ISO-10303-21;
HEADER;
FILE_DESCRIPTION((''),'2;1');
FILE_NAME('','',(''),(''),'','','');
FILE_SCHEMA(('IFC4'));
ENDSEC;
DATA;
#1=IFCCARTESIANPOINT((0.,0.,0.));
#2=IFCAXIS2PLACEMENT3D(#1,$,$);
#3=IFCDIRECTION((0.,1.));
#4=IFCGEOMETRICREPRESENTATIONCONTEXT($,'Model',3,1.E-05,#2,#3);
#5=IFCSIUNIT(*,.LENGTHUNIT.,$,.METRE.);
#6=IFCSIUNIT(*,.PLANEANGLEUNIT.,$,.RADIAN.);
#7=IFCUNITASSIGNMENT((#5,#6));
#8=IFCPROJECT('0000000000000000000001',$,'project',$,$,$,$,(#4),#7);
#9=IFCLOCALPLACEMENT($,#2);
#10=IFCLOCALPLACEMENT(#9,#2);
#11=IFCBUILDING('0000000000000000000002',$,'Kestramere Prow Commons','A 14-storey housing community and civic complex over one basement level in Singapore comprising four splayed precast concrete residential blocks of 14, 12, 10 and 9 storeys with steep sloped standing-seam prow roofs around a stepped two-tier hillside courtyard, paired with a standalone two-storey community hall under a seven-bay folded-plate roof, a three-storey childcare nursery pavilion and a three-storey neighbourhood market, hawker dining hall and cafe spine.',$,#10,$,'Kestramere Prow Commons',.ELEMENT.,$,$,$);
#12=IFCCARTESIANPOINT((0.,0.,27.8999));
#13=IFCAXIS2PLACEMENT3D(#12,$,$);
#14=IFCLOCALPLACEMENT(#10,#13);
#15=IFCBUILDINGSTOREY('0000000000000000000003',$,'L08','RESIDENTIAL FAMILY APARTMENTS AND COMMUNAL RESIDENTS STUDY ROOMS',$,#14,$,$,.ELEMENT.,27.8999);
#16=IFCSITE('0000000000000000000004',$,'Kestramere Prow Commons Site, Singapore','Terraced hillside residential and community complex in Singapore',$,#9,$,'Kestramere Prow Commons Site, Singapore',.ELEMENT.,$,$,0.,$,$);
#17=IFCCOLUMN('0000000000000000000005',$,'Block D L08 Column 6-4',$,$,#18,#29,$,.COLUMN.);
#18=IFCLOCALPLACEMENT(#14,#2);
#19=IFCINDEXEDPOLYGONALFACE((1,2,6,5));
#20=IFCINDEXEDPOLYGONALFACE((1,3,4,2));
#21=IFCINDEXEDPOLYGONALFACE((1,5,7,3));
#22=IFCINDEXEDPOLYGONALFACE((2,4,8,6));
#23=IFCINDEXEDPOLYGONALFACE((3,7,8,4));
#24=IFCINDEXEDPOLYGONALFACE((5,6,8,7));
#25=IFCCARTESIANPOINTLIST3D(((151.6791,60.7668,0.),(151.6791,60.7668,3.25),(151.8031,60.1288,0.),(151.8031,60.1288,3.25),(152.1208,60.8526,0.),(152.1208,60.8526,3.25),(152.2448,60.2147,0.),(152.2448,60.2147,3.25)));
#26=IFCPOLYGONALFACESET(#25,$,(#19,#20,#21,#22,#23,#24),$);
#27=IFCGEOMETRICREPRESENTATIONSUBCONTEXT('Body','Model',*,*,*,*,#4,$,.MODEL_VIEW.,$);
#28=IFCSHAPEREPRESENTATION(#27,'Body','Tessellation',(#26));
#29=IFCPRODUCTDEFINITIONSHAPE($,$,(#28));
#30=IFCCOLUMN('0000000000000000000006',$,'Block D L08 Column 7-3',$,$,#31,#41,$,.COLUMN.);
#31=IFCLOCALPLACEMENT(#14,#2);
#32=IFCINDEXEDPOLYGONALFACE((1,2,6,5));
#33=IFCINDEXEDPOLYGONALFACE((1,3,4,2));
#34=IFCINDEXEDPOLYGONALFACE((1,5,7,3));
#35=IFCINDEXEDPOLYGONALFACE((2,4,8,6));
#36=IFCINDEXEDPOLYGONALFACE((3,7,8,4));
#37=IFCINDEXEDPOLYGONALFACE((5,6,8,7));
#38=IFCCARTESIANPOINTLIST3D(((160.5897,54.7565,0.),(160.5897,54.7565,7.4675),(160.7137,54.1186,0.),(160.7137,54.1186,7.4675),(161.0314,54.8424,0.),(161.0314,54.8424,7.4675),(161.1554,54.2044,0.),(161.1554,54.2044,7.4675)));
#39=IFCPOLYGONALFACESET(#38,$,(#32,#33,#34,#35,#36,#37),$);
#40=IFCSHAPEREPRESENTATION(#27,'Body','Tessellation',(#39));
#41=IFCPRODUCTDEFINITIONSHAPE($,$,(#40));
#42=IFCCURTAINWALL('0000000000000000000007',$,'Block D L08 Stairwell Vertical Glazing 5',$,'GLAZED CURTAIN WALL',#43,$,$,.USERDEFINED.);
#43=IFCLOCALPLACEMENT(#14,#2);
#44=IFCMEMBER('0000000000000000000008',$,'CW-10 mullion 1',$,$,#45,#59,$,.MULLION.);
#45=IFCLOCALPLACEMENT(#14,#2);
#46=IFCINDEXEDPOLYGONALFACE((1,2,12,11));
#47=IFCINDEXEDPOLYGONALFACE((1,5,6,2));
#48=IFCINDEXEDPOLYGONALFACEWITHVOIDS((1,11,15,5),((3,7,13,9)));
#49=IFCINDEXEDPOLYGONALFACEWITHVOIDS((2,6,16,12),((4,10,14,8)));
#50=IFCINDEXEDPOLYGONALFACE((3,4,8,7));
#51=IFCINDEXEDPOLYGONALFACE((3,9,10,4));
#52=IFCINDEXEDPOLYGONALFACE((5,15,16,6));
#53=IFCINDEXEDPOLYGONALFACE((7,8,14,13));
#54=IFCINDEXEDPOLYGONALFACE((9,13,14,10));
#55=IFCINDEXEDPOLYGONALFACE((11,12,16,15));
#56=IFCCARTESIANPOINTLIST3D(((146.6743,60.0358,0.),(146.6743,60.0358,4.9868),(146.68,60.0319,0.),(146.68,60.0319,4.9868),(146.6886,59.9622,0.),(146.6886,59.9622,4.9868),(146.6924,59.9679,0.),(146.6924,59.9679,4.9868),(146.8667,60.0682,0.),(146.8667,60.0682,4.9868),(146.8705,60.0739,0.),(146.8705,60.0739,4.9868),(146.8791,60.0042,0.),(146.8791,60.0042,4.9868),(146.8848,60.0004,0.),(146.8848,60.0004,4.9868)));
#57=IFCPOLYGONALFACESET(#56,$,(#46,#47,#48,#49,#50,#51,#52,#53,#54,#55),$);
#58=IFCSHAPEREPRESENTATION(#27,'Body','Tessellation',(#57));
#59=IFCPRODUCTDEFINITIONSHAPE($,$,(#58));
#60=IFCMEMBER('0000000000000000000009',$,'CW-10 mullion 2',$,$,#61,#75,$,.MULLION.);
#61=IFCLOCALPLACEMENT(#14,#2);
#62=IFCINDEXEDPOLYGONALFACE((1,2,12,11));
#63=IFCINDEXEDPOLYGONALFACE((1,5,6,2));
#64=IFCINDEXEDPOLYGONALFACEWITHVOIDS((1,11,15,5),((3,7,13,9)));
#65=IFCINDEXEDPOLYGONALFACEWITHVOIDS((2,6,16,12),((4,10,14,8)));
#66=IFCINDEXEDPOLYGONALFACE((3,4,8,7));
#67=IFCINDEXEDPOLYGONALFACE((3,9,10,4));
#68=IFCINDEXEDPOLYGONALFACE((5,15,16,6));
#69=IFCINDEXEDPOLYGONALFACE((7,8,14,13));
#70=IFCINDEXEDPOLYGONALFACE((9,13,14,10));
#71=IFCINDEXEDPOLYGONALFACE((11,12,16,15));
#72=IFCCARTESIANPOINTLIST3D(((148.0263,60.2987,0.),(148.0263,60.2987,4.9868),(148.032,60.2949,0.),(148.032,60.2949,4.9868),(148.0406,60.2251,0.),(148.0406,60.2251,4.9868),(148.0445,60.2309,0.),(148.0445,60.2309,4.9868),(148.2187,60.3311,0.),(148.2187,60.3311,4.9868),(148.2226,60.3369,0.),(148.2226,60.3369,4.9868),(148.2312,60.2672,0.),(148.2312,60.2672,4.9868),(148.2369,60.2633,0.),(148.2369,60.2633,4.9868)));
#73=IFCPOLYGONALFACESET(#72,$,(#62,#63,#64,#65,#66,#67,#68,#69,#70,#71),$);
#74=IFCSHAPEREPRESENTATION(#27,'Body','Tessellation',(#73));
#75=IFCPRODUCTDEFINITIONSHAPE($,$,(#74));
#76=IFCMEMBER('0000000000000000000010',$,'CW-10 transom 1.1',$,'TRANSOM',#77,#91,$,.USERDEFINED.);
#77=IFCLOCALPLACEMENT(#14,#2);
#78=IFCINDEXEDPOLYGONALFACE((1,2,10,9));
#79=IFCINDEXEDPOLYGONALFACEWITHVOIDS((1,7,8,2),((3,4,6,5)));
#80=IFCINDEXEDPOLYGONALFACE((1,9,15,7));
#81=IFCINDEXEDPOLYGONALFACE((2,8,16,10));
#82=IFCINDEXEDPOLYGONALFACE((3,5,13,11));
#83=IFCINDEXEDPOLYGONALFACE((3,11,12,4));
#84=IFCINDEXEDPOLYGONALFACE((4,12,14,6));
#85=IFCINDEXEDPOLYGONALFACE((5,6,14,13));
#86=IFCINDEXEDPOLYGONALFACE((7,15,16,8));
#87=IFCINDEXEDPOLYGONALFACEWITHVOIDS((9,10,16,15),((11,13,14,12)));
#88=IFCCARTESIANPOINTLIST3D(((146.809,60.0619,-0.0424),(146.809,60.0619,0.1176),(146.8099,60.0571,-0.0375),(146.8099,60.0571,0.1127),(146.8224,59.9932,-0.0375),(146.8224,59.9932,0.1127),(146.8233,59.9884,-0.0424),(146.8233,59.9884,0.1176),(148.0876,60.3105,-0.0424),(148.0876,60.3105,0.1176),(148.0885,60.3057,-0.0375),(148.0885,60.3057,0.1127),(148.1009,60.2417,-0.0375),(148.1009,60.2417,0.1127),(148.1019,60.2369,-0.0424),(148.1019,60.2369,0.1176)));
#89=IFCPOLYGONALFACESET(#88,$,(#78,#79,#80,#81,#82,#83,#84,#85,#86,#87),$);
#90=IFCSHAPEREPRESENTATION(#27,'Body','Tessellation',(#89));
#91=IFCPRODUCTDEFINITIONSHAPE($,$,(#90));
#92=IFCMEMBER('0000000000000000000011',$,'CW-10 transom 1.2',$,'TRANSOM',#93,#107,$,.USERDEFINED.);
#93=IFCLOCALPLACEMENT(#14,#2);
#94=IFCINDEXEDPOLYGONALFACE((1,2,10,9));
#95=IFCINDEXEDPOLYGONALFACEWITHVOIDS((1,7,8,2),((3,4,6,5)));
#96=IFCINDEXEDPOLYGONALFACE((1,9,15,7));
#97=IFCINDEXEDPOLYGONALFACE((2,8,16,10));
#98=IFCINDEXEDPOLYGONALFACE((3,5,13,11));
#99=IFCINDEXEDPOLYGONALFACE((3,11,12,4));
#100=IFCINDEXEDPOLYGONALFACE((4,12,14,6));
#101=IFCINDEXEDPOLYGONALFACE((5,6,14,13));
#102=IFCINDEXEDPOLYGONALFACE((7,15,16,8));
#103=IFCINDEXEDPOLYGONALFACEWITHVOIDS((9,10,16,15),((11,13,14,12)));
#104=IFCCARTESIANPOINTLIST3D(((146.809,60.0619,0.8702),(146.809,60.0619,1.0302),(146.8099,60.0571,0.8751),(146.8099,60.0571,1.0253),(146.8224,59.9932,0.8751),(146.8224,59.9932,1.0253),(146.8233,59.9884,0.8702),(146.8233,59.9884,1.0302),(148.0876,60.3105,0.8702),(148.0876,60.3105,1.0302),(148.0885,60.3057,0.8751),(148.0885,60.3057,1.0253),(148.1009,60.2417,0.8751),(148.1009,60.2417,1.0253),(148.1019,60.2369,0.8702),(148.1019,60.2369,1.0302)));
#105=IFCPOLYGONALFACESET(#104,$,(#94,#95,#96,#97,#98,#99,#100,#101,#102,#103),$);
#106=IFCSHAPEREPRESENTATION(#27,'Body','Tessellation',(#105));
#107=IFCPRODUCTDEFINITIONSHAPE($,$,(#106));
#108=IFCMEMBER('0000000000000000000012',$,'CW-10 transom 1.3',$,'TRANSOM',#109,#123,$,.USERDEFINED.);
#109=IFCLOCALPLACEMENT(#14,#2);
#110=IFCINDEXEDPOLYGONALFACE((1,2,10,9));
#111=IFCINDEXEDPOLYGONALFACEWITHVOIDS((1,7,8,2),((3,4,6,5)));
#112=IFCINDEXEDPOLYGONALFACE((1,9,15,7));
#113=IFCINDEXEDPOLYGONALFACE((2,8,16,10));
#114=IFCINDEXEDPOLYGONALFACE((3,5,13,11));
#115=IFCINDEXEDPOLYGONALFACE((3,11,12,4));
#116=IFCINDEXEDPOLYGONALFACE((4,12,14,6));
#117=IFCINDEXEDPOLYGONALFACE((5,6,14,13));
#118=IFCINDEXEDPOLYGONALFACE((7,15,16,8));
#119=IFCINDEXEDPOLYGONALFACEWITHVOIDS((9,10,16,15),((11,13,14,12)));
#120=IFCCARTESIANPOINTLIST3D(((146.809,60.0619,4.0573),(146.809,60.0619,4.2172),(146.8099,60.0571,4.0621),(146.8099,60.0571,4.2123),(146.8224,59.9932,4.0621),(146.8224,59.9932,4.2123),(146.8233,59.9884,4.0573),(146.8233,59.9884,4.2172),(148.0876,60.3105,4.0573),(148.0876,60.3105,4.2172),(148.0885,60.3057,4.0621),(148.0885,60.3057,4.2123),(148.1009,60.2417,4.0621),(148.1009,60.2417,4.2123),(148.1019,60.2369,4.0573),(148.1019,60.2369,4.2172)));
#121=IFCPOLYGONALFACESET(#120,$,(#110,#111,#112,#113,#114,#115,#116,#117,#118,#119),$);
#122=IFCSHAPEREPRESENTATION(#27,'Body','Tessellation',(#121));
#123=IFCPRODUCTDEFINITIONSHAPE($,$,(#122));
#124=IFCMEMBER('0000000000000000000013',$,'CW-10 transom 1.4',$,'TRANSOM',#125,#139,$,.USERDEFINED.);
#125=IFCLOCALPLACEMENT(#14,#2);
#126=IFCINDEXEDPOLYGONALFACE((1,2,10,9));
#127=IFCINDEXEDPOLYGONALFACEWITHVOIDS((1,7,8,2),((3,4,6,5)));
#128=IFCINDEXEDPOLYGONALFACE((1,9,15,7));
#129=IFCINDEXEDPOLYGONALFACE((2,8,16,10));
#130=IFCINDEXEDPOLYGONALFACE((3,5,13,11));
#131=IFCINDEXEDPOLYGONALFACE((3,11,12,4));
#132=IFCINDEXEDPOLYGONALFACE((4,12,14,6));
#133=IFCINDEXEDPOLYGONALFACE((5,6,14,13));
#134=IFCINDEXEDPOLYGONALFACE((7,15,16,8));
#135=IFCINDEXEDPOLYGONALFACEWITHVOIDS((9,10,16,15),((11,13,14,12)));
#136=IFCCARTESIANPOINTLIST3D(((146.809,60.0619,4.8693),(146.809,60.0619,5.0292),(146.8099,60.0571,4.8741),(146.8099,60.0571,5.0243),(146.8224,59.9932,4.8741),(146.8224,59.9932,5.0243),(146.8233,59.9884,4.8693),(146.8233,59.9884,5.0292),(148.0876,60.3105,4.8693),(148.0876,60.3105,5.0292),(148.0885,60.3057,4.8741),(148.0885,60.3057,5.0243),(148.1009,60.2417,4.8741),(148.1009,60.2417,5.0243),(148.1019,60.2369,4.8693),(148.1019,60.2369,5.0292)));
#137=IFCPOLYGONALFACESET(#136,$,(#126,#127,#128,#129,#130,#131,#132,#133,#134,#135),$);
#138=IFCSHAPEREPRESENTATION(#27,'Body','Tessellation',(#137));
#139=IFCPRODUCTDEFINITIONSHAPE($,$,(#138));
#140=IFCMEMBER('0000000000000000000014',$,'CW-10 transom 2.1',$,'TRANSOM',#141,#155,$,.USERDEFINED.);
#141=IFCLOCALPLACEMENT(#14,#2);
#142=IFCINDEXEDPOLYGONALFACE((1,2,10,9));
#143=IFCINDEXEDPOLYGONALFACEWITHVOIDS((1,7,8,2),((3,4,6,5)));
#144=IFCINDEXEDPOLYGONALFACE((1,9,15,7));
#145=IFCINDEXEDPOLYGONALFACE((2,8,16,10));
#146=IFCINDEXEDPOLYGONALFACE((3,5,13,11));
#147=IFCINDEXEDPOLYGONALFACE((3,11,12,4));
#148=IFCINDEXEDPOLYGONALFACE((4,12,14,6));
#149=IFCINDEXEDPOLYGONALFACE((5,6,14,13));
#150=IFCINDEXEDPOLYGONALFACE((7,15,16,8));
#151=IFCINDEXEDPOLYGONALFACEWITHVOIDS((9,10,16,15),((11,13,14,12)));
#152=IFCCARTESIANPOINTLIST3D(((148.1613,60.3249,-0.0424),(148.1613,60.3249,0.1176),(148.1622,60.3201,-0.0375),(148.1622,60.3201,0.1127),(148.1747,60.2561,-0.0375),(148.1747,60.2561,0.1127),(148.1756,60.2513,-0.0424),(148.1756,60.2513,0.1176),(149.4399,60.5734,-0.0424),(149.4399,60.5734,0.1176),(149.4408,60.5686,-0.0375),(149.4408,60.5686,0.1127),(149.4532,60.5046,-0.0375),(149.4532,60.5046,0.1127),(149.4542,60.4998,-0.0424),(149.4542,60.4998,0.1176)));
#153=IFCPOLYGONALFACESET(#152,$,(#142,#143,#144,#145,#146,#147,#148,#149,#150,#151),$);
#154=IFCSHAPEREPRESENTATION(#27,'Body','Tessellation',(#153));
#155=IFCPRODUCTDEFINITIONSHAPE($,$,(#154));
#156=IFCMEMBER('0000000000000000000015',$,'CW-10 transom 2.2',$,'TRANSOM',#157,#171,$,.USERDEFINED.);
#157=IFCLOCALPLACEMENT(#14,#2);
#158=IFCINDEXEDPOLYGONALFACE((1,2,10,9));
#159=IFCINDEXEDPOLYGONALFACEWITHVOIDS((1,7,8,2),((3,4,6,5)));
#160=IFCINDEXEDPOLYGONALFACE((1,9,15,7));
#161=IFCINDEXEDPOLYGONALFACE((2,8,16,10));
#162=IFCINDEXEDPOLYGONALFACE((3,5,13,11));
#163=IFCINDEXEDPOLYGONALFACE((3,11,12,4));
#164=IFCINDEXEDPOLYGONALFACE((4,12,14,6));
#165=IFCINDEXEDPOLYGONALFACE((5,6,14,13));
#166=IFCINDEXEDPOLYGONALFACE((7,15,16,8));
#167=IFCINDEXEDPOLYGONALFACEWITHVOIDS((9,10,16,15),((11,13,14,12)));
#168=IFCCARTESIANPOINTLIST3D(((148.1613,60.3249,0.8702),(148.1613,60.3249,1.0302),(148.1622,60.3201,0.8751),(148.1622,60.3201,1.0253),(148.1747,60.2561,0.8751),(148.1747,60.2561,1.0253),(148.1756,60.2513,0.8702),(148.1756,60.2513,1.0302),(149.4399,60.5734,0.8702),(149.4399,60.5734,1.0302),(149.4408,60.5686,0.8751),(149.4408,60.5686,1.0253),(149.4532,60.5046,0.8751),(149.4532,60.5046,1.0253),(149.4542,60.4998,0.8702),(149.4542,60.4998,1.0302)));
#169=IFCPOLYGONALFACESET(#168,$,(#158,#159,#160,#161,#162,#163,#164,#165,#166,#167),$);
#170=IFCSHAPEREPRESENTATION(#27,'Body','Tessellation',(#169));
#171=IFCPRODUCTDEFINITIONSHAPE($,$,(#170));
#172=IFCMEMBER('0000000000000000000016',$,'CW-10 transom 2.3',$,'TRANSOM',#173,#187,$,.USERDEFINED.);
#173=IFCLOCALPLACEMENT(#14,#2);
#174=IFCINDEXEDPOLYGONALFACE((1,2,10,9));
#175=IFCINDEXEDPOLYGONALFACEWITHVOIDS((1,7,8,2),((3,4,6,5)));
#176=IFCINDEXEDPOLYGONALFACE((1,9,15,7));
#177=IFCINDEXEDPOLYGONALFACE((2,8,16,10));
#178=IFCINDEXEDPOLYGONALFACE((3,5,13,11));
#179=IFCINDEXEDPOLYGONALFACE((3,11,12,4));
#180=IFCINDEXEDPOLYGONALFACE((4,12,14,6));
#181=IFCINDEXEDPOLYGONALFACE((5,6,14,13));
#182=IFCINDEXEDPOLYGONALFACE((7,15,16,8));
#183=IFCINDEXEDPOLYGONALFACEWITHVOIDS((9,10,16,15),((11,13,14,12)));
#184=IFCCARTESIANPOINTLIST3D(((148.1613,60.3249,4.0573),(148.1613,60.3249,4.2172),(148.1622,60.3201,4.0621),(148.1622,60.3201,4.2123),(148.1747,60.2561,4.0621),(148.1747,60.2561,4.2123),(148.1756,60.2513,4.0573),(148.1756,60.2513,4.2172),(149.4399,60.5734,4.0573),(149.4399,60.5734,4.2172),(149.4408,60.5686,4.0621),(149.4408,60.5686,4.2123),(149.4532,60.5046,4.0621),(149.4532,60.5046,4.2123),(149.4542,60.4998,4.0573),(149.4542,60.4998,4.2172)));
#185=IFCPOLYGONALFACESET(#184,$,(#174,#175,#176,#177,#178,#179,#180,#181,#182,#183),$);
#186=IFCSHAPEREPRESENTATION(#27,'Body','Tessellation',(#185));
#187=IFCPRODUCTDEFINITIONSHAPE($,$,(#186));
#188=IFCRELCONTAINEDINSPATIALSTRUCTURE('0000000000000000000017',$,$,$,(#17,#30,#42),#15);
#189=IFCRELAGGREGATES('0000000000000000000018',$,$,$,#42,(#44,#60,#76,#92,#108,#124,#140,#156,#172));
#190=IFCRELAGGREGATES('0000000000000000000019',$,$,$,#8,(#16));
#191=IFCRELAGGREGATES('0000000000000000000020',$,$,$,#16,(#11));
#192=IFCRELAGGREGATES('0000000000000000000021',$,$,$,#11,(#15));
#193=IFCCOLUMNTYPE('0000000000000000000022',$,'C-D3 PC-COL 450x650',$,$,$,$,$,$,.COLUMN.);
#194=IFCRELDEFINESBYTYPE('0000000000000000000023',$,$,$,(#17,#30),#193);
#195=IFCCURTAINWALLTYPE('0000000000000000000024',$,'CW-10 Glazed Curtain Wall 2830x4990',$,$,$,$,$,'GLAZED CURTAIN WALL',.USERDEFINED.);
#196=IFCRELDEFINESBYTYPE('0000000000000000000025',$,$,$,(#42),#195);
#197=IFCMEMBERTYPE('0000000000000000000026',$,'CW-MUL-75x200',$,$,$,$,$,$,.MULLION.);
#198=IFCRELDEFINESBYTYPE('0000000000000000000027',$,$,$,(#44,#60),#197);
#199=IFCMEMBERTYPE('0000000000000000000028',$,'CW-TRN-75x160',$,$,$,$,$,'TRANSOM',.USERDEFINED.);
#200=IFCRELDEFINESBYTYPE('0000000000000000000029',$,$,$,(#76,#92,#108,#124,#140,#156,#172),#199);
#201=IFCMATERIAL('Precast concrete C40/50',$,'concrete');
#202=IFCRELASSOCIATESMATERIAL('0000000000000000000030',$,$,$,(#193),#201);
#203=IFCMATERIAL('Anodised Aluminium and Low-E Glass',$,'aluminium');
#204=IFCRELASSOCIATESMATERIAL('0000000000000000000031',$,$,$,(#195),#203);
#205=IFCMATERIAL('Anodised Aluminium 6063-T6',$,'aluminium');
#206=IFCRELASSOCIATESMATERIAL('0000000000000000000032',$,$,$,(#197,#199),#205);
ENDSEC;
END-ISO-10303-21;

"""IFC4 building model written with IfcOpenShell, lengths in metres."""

from ifc_helpers import new_model, si_unit, direction, frame, origin, origin_2d, place, context, subcontext, project, spatial, rectangle, hollow_rectangle, extrude, material, material_profile, profile_set, type_object, element, aggregate, save


model = new_model("IFC4")

# Units and contexts
model_context = context("Model", 3, precision=1e-05, world=origin(), true_north=direction((0.0, 1.0)))
body_context = subcontext(model_context, "Body", "Model", "MODEL_VIEW")
ifc_project = project(units=[si_unit("LENGTHUNIT", "METRE"), si_unit("PLANEANGLEUNIT", "RADIAN")], contexts=[model_context])

# Site, building, storey
site_placement = place(None, origin())
site = spatial("IfcSite", under=ifc_project, at=site_placement, Name="Kestramere Prow Commons Site, Singapore", Description="Terraced hillside residential and community complex in Singapore", LongName="Kestramere Prow Commons Site, Singapore", CompositionType="ELEMENT", RefElevation=0.0)
building_placement = place(site_placement, origin())
building = spatial("IfcBuilding", under=site, at=building_placement, Name="Kestramere Prow Commons", Description="A 14-storey housing community and civic complex over one basement level in Singapore comprising four splayed precast concrete residential blocks of 14, 12, 10 and 9 storeys with steep sloped standing-seam prow roofs around a stepped two-tier hillside courtyard, paired with a standalone two-storey community hall under a seven-bay folded-plate roof, a three-storey childcare nursery pavilion and a three-storey neighbourhood market, hawker dining hall and cafe spine.", LongName="Kestramere Prow Commons", CompositionType="ELEMENT")
storey_placement = place(building_placement, frame((0.0, 0.0, 27.8999)))
storey = spatial("IfcBuildingStorey", under=building, at=storey_placement, Name="L08", Description="RESIDENTIAL FAMILY APARTMENTS AND COMMUNAL RESIDENTS STUDY ROOMS", CompositionType="ELEMENT", Elevation=27.8999)

# Columns
ifc_material_1 = material(Name="Precast concrete C40/50", Category="concrete")
ifc_material_profile_1 = material_profile(ifc_material_1, rectangle(XDim=0.45, YDim=0.6499, at=origin_2d()), Name="PC-COL 450x650")
ifc_profile_set_1 = profile_set([ifc_material_profile_1], Name="Precast concrete C40/50")
column_type = type_object("IfcColumnType", Name="C-D3 PC-COL 450x650", PredefinedType="COLUMN", material=ifc_profile_set_1)
column_1_placement = place(storey_placement, frame((151.9619, 60.4907, 0.0), z_axis=(0.0, 0.0, 1.0), x_axis=(0.981627, 0.190809, 0.0)))
element("IfcColumn", 1, at=column_1_placement, inside=storey, type_object=column_type, Name="Block D L08 Column 6-4", PredefinedType="COLUMN", context=body_context, shape_type="SweptSolid", body=[
    extrude(rectangle(XDim=0.45, YDim=0.6499, at=origin_2d()), origin(), (0.0, 0.0, 1.0), 3.25),
])
column_2_placement = place(storey_placement, frame((160.8726, 54.4805, 0.0), z_axis=(0.0, 0.0, 1.0), x_axis=(0.981627, 0.190809, 0.0)))
element("IfcColumn", 2, at=column_2_placement, inside=storey, type_object=column_type, Name="Block D L08 Column 7-3", PredefinedType="COLUMN", context=body_context, shape_type="SweptSolid", body=[
    extrude(rectangle(XDim=0.45, YDim=0.6499, at=origin_2d()), origin(), (0.0, 0.0, 1.0), 7.4675),
])

# Curtain wall, members
ifc_material_2 = material(Name="Anodised Aluminium and Low-E Glass", Category="aluminium")
curtain_wall_type = type_object("IfcCurtainWallType", Name="CW-10 Glazed Curtain Wall 2830x4990", ElementType="GLAZED CURTAIN WALL", PredefinedType="USERDEFINED", material=ifc_material_2)
curtain_wall_placement = place(storey_placement, origin())
curtain_wall = element("IfcCurtainWall", 3, at=curtain_wall_placement, inside=storey, type_object=curtain_wall_type, Name="Block D L08 Stairwell Vertical Glazing 5", ObjectType="GLAZED CURTAIN WALL", PredefinedType="USERDEFINED")
ifc_material_3 = material(Name="Anodised Aluminium 6063-T6", Category="aluminium")
ifc_material_profile_2 = material_profile(ifc_material_3, hollow_rectangle(XDim=0.075, YDim=0.2, WallThickness=0.0049, at=origin_2d()), Name="ALU-MUL 75x200")
ifc_profile_set_2 = profile_set([ifc_material_profile_2], Name="Anodised Aluminium 6063-T6")
member_type_1 = type_object("IfcMemberType", Name="CW-MUL-75x200", PredefinedType="MULLION", material=ifc_profile_set_2)
member_1_placement = place(storey_placement, frame((146.7795, 60.0181, 0.0), z_axis=(0.0, 0.0, 1.0), x_axis=(-0.190809, 0.981627, 0.0)))
member_1 = element("IfcMember", 4, at=member_1_placement, type_object=member_type_1, Name="CW-10 mullion 1", PredefinedType="MULLION", context=body_context, shape_type="SweptSolid", body=[
    extrude(hollow_rectangle(XDim=0.075, YDim=0.2, WallThickness=0.0049, at=origin_2d()), origin(), (0.0, 0.0, 1.0), 4.9868),
])
member_2_placement = place(storey_placement, frame((148.1316, 60.281, 0.0), z_axis=(0.0, 0.0, 1.0), x_axis=(-0.190809, 0.981627, 0.0)))
member_2 = element("IfcMember", 5, at=member_2_placement, type_object=member_type_1, Name="CW-10 mullion 2", PredefinedType="MULLION", context=body_context, shape_type="SweptSolid", body=[
    extrude(hollow_rectangle(XDim=0.075, YDim=0.2, WallThickness=0.0049, at=origin_2d()), origin(), (0.0, 0.0, 1.0), 4.9868),
])
ifc_material_profile_3 = material_profile(ifc_material_3, hollow_rectangle(XDim=0.075, YDim=0.1599, WallThickness=0.0049, at=origin_2d()), Name="ALU-TRN 75x160")
ifc_profile_set_3 = profile_set([ifc_material_profile_3], Name="Anodised Aluminium 6063-T6")
member_type_2 = type_object("IfcMemberType", Name="CW-TRN-75x160", ElementType="TRANSOM", PredefinedType="USERDEFINED", material=ifc_profile_set_3)
member_3_placement = place(storey_placement, frame((146.8162, 60.0251, 0.0376), z_axis=(0.981626, 0.190814, 0.0), x_axis=(-0.190814, 0.981626, 0.0)))
member_3 = element("IfcMember", 6, at=member_3_placement, type_object=member_type_2, Name="CW-10 transom 1.1", ObjectType="TRANSOM", PredefinedType="USERDEFINED", context=body_context, shape_type="SweptSolid", body=[
    extrude(hollow_rectangle(XDim=0.075, YDim=0.1599, WallThickness=0.0049, at=origin_2d()), origin(), (0.0, 0.0, 1.0), 1.3025),
])
member_4_placement = place(storey_placement, frame((146.8162, 60.0251, 0.9502), z_axis=(0.981626, 0.190814, 0.0), x_axis=(-0.190814, 0.981626, 0.0)))
member_4 = element("IfcMember", 7, at=member_4_placement, type_object=member_type_2, Name="CW-10 transom 1.2", ObjectType="TRANSOM", PredefinedType="USERDEFINED", context=body_context, shape_type="SweptSolid", body=[
    extrude(hollow_rectangle(XDim=0.075, YDim=0.1599, WallThickness=0.0049, at=origin_2d()), origin(), (0.0, 0.0, 1.0), 1.3025),
])
member_5_placement = place(storey_placement, frame((146.8162, 60.0251, 4.1372), z_axis=(0.981626, 0.190814, 0.0), x_axis=(-0.190814, 0.981626, 0.0)))
member_5 = element("IfcMember", 8, at=member_5_placement, type_object=member_type_2, Name="CW-10 transom 1.3", ObjectType="TRANSOM", PredefinedType="USERDEFINED", context=body_context, shape_type="SweptSolid", body=[
    extrude(hollow_rectangle(XDim=0.075, YDim=0.1599, WallThickness=0.0049, at=origin_2d()), origin(), (0.0, 0.0, 1.0), 1.3025),
])
member_6_placement = place(storey_placement, frame((146.8162, 60.0251, 4.9492), z_axis=(0.981626, 0.190814, 0.0), x_axis=(-0.190814, 0.981626, 0.0)))
member_6 = element("IfcMember", 9, at=member_6_placement, type_object=member_type_2, Name="CW-10 transom 1.4", ObjectType="TRANSOM", PredefinedType="USERDEFINED", context=body_context, shape_type="SweptSolid", body=[
    extrude(hollow_rectangle(XDim=0.075, YDim=0.1599, WallThickness=0.0049, at=origin_2d()), origin(), (0.0, 0.0, 1.0), 1.3025),
])
member_7_placement = place(storey_placement, frame((148.1685, 60.2881, 0.0376), z_axis=(0.981626, 0.190814, 0.0), x_axis=(-0.190814, 0.981626, 0.0)))
member_7 = element("IfcMember", 10, at=member_7_placement, type_object=member_type_2, Name="CW-10 transom 2.1", ObjectType="TRANSOM", PredefinedType="USERDEFINED", context=body_context, shape_type="SweptSolid", body=[
    extrude(hollow_rectangle(XDim=0.075, YDim=0.1599, WallThickness=0.0049, at=origin_2d()), origin(), (0.0, 0.0, 1.0), 1.3025),
])
member_8_placement = place(storey_placement, frame((148.1685, 60.2881, 0.9502), z_axis=(0.981626, 0.190814, 0.0), x_axis=(-0.190814, 0.981626, 0.0)))
member_8 = element("IfcMember", 11, at=member_8_placement, type_object=member_type_2, Name="CW-10 transom 2.2", ObjectType="TRANSOM", PredefinedType="USERDEFINED", context=body_context, shape_type="SweptSolid", body=[
    extrude(hollow_rectangle(XDim=0.075, YDim=0.1599, WallThickness=0.0049, at=origin_2d()), origin(), (0.0, 0.0, 1.0), 1.3025),
])
member_9_placement = place(storey_placement, frame((148.1685, 60.2881, 4.1372), z_axis=(0.981626, 0.190814, 0.0), x_axis=(-0.190814, 0.981626, 0.0)))
member_9 = element("IfcMember", 12, at=member_9_placement, type_object=member_type_2, Name="CW-10 transom 2.3", ObjectType="TRANSOM", PredefinedType="USERDEFINED", context=body_context, shape_type="SweptSolid", body=[
    extrude(hollow_rectangle(XDim=0.075, YDim=0.1599, WallThickness=0.0049, at=origin_2d()), origin(), (0.0, 0.0, 1.0), 1.3025),
])

aggregate(curtain_wall, [member_1, member_2, member_3, member_4, member_5, member_6, member_7, member_8, member_9])

save(model, "model.ifc")
